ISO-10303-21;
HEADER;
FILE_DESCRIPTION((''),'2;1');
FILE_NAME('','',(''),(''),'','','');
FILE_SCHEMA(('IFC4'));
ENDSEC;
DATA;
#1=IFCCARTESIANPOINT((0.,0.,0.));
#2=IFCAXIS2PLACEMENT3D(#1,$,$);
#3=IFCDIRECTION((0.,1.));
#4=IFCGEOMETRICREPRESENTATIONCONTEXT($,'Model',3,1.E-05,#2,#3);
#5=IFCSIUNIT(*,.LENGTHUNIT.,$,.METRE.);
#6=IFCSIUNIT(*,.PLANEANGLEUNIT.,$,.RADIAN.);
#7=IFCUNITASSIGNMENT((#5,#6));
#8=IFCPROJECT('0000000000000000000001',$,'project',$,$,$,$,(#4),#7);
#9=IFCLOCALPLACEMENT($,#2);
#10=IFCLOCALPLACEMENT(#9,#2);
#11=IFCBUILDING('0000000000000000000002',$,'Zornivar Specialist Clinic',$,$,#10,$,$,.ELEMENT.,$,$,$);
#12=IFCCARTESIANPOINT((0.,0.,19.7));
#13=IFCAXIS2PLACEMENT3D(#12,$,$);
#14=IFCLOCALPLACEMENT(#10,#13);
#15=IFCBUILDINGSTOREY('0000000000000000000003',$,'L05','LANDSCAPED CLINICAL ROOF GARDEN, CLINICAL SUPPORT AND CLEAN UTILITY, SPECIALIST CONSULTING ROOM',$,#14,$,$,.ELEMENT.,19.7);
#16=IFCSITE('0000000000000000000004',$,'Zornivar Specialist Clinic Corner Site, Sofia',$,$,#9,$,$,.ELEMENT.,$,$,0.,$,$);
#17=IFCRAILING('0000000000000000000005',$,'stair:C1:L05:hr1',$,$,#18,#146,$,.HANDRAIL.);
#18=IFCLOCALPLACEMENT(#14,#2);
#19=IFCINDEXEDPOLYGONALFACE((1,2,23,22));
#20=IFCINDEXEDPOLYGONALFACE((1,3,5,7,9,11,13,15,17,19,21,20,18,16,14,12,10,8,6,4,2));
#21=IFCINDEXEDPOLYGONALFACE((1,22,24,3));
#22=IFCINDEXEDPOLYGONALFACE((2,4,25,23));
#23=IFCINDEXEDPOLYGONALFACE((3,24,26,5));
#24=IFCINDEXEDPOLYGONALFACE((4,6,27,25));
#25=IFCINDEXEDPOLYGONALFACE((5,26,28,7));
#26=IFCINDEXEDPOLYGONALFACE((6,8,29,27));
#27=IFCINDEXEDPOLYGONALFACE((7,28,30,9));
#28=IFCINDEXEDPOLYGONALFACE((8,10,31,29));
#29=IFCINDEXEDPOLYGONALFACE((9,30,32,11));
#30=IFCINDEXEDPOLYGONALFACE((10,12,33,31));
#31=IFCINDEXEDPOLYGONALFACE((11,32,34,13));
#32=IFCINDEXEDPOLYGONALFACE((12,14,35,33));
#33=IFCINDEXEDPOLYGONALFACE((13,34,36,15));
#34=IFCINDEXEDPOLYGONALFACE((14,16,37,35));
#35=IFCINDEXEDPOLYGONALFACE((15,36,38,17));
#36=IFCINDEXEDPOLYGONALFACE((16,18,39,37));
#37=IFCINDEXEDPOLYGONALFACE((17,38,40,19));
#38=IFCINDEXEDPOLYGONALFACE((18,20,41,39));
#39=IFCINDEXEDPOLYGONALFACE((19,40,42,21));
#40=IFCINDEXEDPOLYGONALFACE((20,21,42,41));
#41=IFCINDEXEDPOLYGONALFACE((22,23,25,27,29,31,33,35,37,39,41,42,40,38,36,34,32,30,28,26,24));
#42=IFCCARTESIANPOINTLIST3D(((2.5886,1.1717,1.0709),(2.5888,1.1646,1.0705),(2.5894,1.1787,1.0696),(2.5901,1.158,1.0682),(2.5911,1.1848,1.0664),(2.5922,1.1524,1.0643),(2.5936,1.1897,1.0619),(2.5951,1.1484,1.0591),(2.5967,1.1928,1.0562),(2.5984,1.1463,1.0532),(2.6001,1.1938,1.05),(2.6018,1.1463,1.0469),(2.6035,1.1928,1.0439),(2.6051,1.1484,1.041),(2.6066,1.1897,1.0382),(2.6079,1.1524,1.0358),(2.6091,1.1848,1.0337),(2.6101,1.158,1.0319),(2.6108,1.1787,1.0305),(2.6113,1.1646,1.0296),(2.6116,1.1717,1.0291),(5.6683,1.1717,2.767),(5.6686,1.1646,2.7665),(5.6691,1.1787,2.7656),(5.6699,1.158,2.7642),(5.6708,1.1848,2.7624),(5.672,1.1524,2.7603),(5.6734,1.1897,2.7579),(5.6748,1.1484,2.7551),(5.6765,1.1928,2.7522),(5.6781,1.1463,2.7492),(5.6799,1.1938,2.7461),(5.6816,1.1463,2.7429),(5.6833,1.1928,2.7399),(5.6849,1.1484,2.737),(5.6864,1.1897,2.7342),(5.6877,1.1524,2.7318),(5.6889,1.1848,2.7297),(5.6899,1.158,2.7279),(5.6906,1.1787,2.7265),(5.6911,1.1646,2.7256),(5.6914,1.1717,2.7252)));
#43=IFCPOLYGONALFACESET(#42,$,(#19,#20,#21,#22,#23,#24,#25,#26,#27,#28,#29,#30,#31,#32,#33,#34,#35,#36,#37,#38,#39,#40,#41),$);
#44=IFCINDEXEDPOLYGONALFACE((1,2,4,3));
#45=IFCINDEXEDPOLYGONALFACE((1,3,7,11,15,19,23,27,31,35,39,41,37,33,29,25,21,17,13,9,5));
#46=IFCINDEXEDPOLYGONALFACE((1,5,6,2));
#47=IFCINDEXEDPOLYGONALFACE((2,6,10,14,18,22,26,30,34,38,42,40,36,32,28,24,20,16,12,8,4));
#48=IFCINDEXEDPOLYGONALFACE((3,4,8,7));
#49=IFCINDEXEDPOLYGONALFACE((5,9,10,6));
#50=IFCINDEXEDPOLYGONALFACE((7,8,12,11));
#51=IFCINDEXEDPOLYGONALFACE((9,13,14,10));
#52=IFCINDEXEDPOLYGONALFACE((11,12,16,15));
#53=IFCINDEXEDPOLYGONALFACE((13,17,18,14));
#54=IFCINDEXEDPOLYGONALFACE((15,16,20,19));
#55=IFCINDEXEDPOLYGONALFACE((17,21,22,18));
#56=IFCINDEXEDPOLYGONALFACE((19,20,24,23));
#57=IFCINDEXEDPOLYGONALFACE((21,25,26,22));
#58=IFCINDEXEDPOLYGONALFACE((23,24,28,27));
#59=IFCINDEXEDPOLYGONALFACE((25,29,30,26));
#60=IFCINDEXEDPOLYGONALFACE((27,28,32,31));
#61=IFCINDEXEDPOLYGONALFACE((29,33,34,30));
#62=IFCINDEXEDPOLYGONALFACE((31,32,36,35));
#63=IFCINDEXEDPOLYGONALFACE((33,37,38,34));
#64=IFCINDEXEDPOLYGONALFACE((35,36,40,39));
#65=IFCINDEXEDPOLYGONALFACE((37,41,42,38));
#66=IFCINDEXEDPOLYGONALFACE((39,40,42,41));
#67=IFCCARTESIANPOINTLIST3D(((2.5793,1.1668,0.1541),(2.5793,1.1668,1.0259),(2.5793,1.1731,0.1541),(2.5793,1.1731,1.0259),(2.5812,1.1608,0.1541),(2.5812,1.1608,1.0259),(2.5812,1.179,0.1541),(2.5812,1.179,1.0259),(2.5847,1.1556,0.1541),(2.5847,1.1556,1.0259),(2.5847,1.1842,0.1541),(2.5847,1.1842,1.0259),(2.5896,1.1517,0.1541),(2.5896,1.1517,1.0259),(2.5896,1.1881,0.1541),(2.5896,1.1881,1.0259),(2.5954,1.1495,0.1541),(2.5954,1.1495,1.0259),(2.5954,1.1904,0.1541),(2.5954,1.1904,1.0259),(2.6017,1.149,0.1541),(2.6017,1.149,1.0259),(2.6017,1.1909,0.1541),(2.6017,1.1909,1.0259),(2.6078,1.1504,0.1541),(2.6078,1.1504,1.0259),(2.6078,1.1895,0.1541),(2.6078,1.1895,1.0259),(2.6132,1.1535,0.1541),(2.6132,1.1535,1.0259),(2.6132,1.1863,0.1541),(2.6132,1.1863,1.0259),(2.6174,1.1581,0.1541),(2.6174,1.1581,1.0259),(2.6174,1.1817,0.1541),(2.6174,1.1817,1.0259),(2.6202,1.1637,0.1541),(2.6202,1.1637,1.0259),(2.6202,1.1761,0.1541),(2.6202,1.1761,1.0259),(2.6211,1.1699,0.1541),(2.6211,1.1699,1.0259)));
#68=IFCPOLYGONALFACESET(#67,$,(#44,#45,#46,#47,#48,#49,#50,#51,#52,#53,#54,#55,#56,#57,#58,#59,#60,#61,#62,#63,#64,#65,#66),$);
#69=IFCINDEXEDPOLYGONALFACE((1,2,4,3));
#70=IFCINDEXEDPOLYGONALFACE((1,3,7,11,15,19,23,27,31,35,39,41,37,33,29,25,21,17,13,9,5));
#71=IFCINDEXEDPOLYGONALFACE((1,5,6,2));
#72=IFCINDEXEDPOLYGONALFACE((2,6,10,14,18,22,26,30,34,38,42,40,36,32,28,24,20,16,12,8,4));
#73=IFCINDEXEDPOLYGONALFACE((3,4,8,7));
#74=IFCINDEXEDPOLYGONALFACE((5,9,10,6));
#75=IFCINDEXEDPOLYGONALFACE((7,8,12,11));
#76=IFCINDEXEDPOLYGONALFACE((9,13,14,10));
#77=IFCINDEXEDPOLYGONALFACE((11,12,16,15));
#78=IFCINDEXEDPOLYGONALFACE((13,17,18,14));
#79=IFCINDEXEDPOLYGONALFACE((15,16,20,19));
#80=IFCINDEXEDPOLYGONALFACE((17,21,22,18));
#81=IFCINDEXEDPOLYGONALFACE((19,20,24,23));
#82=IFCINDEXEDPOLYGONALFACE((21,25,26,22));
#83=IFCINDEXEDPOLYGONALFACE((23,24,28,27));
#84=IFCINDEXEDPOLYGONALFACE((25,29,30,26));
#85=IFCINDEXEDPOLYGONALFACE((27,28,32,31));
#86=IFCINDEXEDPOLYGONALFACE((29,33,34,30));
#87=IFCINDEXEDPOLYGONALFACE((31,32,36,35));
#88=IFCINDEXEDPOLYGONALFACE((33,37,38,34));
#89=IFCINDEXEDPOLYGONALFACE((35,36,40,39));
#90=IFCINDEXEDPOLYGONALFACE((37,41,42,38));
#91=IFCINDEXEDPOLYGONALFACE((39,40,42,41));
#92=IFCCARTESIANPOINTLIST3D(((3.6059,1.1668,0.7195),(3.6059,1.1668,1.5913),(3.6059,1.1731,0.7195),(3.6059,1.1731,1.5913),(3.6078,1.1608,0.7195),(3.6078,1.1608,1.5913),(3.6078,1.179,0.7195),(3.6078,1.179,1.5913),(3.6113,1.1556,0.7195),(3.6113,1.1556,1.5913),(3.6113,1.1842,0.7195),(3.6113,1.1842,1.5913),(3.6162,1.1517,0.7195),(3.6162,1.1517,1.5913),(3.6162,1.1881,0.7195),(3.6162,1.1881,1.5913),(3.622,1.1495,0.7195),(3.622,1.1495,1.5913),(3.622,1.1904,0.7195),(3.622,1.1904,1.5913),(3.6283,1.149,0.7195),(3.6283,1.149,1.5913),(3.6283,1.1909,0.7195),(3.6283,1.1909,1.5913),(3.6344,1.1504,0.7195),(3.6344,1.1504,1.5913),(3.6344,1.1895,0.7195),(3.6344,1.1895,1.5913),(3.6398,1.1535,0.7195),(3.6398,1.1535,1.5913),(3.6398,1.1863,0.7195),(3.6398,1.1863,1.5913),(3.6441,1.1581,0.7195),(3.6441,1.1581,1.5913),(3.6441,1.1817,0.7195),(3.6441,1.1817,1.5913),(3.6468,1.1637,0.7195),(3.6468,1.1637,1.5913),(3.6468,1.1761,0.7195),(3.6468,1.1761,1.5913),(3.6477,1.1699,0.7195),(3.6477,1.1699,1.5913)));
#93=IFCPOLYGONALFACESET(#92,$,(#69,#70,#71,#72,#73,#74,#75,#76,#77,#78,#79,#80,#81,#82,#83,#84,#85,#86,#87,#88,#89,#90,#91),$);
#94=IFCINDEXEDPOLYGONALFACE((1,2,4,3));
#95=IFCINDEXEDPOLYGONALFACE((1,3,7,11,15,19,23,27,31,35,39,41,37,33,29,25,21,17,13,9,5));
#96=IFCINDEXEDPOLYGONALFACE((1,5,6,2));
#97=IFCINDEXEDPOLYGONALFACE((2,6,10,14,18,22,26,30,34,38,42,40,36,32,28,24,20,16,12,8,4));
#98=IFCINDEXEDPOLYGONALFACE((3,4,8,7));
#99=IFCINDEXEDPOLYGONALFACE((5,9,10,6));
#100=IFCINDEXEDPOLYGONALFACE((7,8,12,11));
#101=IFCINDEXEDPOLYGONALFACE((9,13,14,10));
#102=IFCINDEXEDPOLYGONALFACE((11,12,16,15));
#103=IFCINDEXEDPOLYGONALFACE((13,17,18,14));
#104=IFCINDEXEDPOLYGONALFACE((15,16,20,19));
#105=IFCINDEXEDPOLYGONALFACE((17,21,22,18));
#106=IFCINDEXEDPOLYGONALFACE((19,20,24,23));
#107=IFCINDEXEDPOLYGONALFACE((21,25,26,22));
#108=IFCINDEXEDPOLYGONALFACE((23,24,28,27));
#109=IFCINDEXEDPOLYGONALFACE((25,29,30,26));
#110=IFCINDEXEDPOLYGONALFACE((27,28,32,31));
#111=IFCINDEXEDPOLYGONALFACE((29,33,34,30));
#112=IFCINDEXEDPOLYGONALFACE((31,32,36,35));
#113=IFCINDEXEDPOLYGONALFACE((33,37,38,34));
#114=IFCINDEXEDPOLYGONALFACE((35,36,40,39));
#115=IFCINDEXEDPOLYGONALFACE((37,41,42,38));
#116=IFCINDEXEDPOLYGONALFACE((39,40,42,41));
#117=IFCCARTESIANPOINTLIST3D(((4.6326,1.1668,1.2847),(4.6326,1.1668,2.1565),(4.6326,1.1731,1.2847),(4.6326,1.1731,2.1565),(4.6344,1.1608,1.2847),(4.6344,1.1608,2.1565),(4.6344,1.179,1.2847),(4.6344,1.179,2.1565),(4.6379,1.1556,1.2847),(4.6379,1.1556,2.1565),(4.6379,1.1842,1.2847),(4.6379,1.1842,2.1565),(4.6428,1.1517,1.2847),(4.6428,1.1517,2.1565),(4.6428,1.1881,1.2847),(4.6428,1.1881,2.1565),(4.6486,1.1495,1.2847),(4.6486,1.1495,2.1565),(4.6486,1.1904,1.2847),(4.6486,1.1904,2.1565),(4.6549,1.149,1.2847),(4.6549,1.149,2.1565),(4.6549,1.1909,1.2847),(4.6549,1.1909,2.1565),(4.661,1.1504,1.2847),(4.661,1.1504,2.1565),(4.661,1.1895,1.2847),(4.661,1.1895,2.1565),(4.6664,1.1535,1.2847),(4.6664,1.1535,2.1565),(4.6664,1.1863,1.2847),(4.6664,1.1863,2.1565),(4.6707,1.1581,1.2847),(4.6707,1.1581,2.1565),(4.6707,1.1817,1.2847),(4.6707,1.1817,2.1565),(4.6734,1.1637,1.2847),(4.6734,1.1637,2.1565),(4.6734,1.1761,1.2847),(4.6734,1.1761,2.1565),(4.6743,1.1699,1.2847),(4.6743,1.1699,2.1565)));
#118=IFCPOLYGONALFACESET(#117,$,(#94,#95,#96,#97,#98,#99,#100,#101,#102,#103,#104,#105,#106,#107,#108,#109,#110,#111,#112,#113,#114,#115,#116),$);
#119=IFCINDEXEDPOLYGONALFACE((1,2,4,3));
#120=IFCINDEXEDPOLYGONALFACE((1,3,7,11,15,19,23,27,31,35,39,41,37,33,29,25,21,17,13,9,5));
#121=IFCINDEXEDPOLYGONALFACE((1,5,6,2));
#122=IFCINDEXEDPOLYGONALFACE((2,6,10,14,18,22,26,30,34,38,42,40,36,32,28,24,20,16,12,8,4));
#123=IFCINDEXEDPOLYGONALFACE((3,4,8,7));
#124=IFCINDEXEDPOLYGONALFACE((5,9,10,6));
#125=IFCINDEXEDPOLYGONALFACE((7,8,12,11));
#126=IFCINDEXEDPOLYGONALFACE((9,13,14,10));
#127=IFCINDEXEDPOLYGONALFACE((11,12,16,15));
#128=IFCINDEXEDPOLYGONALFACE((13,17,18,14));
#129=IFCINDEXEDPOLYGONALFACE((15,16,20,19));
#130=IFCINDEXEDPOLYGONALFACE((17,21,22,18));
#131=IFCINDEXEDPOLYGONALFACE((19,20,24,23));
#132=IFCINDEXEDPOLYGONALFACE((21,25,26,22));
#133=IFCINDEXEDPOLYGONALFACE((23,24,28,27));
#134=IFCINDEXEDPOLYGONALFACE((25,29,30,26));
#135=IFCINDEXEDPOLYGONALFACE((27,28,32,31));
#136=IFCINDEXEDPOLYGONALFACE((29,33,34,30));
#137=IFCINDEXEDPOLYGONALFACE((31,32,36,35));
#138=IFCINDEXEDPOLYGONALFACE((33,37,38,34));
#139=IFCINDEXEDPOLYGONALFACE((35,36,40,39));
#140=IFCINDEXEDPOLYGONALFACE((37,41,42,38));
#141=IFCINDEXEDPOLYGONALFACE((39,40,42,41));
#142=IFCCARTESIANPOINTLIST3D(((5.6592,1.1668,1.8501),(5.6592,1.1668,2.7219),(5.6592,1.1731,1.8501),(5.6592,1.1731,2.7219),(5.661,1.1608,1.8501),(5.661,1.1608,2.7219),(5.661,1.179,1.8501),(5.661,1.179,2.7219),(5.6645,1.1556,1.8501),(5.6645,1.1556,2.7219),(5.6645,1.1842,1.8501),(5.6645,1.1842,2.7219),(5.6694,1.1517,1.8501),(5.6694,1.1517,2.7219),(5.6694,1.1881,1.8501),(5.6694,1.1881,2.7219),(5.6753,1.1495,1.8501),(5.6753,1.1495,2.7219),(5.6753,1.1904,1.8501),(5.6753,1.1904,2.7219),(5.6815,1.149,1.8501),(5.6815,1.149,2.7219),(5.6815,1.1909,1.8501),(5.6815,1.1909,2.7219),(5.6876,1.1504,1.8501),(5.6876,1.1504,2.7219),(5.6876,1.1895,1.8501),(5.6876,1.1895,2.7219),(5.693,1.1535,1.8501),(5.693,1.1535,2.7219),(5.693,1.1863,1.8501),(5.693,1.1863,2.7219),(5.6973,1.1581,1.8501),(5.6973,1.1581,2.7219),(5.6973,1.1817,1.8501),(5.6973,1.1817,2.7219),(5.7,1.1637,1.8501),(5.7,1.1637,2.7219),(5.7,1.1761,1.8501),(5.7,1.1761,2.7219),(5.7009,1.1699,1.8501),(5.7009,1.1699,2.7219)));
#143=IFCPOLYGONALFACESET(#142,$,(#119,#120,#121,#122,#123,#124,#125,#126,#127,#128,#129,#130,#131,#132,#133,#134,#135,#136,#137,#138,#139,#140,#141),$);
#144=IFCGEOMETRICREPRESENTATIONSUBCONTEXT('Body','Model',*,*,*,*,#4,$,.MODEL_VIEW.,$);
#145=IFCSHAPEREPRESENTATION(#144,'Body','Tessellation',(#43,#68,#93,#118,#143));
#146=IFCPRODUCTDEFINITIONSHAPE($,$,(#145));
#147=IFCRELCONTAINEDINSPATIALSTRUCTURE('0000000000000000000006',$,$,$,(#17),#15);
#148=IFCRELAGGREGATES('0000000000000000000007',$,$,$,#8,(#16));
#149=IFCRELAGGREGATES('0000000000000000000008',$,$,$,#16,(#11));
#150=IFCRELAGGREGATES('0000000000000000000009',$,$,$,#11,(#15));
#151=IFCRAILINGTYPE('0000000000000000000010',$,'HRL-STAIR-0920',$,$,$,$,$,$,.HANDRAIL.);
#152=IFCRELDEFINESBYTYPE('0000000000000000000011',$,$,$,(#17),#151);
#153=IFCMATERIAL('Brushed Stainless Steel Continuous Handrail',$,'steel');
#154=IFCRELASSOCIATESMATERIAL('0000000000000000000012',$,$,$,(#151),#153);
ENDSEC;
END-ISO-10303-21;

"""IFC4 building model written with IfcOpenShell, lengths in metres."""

from ifc_helpers import new_model, si_unit, direction, frame, origin, origin_2d, place, context, subcontext, project, spatial, circle, extrude, material, type_object, element, save


model = new_model("IFC4")

# Units and contexts
model_context = context("Model", 3, precision=1e-05, world=origin(), true_north=direction((0.0, 1.0)))
body_context = subcontext(model_context, "Body", "Model", "MODEL_VIEW")
ifc_project = project(units=[si_unit("LENGTHUNIT", "METRE"), si_unit("PLANEANGLEUNIT", "RADIAN")], contexts=[model_context])

# Site, building, storey
site_placement = place(None, origin())
site = spatial("IfcSite", under=ifc_project, at=site_placement, Name="Zornivar Specialist Clinic Corner Site, Sofia", CompositionType="ELEMENT", RefElevation=0.0)
building_placement = place(site_placement, origin())
building = spatial("IfcBuilding", under=site, at=building_placement, Name="Zornivar Specialist Clinic", CompositionType="ELEMENT")
storey_placement = place(building_placement, frame((0.0, 0.0, 19.7)))
storey = spatial("IfcBuildingStorey", under=building, at=storey_placement, Name="L05", Description="LANDSCAPED CLINICAL ROOF GARDEN, CLINICAL SUPPORT AND CLEAN UTILITY, SPECIALIST CONSULTING ROOM", CompositionType="ELEMENT", Elevation=19.7)

# Railing
ifc_material_1 = material(Name="Brushed Stainless Steel Continuous Handrail", Category="steel")
railing_type_1 = type_object("IfcRailingType", Name="HRL-STAIR-0920", PredefinedType="HANDRAIL", material=ifc_material_1)
railing_1_placement = place(storey_placement, frame((2.6001, 1.1699, 0.1541)))
element("IfcRailing", 1, at=railing_1_placement, inside=storey, type_object=railing_type_1, Name="stair:C1:L05:hr1", PredefinedType="HANDRAIL", context=body_context, shape_type="SweptSolid", body=[
    extrude(circle(Radius=0.0239, at=origin_2d()), frame((0.0, 0.0, 0.896), z_axis=(0.875959, 0.0, 0.482385), x_axis=(0.0, 1.0, 0.0)), (0.0, 0.0, 1.0), 3.5159),
    extrude(circle(Radius=0.021, at=origin_2d()), origin(), (0.0, 0.0, 1.0), 0.8718),
    extrude(circle(Radius=0.021, at=origin_2d()), frame((1.0266, 0.0, 0.5654)), (0.0, 0.0, 1.0), 0.8718),
    extrude(circle(Radius=0.021, at=origin_2d()), frame((2.0532, 0.0, 1.1306)), (0.0, 0.0, 1.0), 0.8718),
    extrude(circle(Radius=0.021, at=origin_2d()), frame((3.0798, 0.0, 1.696)), (0.0, 0.0, 1.0), 0.8718),
])

save(model, "model.ifc")
